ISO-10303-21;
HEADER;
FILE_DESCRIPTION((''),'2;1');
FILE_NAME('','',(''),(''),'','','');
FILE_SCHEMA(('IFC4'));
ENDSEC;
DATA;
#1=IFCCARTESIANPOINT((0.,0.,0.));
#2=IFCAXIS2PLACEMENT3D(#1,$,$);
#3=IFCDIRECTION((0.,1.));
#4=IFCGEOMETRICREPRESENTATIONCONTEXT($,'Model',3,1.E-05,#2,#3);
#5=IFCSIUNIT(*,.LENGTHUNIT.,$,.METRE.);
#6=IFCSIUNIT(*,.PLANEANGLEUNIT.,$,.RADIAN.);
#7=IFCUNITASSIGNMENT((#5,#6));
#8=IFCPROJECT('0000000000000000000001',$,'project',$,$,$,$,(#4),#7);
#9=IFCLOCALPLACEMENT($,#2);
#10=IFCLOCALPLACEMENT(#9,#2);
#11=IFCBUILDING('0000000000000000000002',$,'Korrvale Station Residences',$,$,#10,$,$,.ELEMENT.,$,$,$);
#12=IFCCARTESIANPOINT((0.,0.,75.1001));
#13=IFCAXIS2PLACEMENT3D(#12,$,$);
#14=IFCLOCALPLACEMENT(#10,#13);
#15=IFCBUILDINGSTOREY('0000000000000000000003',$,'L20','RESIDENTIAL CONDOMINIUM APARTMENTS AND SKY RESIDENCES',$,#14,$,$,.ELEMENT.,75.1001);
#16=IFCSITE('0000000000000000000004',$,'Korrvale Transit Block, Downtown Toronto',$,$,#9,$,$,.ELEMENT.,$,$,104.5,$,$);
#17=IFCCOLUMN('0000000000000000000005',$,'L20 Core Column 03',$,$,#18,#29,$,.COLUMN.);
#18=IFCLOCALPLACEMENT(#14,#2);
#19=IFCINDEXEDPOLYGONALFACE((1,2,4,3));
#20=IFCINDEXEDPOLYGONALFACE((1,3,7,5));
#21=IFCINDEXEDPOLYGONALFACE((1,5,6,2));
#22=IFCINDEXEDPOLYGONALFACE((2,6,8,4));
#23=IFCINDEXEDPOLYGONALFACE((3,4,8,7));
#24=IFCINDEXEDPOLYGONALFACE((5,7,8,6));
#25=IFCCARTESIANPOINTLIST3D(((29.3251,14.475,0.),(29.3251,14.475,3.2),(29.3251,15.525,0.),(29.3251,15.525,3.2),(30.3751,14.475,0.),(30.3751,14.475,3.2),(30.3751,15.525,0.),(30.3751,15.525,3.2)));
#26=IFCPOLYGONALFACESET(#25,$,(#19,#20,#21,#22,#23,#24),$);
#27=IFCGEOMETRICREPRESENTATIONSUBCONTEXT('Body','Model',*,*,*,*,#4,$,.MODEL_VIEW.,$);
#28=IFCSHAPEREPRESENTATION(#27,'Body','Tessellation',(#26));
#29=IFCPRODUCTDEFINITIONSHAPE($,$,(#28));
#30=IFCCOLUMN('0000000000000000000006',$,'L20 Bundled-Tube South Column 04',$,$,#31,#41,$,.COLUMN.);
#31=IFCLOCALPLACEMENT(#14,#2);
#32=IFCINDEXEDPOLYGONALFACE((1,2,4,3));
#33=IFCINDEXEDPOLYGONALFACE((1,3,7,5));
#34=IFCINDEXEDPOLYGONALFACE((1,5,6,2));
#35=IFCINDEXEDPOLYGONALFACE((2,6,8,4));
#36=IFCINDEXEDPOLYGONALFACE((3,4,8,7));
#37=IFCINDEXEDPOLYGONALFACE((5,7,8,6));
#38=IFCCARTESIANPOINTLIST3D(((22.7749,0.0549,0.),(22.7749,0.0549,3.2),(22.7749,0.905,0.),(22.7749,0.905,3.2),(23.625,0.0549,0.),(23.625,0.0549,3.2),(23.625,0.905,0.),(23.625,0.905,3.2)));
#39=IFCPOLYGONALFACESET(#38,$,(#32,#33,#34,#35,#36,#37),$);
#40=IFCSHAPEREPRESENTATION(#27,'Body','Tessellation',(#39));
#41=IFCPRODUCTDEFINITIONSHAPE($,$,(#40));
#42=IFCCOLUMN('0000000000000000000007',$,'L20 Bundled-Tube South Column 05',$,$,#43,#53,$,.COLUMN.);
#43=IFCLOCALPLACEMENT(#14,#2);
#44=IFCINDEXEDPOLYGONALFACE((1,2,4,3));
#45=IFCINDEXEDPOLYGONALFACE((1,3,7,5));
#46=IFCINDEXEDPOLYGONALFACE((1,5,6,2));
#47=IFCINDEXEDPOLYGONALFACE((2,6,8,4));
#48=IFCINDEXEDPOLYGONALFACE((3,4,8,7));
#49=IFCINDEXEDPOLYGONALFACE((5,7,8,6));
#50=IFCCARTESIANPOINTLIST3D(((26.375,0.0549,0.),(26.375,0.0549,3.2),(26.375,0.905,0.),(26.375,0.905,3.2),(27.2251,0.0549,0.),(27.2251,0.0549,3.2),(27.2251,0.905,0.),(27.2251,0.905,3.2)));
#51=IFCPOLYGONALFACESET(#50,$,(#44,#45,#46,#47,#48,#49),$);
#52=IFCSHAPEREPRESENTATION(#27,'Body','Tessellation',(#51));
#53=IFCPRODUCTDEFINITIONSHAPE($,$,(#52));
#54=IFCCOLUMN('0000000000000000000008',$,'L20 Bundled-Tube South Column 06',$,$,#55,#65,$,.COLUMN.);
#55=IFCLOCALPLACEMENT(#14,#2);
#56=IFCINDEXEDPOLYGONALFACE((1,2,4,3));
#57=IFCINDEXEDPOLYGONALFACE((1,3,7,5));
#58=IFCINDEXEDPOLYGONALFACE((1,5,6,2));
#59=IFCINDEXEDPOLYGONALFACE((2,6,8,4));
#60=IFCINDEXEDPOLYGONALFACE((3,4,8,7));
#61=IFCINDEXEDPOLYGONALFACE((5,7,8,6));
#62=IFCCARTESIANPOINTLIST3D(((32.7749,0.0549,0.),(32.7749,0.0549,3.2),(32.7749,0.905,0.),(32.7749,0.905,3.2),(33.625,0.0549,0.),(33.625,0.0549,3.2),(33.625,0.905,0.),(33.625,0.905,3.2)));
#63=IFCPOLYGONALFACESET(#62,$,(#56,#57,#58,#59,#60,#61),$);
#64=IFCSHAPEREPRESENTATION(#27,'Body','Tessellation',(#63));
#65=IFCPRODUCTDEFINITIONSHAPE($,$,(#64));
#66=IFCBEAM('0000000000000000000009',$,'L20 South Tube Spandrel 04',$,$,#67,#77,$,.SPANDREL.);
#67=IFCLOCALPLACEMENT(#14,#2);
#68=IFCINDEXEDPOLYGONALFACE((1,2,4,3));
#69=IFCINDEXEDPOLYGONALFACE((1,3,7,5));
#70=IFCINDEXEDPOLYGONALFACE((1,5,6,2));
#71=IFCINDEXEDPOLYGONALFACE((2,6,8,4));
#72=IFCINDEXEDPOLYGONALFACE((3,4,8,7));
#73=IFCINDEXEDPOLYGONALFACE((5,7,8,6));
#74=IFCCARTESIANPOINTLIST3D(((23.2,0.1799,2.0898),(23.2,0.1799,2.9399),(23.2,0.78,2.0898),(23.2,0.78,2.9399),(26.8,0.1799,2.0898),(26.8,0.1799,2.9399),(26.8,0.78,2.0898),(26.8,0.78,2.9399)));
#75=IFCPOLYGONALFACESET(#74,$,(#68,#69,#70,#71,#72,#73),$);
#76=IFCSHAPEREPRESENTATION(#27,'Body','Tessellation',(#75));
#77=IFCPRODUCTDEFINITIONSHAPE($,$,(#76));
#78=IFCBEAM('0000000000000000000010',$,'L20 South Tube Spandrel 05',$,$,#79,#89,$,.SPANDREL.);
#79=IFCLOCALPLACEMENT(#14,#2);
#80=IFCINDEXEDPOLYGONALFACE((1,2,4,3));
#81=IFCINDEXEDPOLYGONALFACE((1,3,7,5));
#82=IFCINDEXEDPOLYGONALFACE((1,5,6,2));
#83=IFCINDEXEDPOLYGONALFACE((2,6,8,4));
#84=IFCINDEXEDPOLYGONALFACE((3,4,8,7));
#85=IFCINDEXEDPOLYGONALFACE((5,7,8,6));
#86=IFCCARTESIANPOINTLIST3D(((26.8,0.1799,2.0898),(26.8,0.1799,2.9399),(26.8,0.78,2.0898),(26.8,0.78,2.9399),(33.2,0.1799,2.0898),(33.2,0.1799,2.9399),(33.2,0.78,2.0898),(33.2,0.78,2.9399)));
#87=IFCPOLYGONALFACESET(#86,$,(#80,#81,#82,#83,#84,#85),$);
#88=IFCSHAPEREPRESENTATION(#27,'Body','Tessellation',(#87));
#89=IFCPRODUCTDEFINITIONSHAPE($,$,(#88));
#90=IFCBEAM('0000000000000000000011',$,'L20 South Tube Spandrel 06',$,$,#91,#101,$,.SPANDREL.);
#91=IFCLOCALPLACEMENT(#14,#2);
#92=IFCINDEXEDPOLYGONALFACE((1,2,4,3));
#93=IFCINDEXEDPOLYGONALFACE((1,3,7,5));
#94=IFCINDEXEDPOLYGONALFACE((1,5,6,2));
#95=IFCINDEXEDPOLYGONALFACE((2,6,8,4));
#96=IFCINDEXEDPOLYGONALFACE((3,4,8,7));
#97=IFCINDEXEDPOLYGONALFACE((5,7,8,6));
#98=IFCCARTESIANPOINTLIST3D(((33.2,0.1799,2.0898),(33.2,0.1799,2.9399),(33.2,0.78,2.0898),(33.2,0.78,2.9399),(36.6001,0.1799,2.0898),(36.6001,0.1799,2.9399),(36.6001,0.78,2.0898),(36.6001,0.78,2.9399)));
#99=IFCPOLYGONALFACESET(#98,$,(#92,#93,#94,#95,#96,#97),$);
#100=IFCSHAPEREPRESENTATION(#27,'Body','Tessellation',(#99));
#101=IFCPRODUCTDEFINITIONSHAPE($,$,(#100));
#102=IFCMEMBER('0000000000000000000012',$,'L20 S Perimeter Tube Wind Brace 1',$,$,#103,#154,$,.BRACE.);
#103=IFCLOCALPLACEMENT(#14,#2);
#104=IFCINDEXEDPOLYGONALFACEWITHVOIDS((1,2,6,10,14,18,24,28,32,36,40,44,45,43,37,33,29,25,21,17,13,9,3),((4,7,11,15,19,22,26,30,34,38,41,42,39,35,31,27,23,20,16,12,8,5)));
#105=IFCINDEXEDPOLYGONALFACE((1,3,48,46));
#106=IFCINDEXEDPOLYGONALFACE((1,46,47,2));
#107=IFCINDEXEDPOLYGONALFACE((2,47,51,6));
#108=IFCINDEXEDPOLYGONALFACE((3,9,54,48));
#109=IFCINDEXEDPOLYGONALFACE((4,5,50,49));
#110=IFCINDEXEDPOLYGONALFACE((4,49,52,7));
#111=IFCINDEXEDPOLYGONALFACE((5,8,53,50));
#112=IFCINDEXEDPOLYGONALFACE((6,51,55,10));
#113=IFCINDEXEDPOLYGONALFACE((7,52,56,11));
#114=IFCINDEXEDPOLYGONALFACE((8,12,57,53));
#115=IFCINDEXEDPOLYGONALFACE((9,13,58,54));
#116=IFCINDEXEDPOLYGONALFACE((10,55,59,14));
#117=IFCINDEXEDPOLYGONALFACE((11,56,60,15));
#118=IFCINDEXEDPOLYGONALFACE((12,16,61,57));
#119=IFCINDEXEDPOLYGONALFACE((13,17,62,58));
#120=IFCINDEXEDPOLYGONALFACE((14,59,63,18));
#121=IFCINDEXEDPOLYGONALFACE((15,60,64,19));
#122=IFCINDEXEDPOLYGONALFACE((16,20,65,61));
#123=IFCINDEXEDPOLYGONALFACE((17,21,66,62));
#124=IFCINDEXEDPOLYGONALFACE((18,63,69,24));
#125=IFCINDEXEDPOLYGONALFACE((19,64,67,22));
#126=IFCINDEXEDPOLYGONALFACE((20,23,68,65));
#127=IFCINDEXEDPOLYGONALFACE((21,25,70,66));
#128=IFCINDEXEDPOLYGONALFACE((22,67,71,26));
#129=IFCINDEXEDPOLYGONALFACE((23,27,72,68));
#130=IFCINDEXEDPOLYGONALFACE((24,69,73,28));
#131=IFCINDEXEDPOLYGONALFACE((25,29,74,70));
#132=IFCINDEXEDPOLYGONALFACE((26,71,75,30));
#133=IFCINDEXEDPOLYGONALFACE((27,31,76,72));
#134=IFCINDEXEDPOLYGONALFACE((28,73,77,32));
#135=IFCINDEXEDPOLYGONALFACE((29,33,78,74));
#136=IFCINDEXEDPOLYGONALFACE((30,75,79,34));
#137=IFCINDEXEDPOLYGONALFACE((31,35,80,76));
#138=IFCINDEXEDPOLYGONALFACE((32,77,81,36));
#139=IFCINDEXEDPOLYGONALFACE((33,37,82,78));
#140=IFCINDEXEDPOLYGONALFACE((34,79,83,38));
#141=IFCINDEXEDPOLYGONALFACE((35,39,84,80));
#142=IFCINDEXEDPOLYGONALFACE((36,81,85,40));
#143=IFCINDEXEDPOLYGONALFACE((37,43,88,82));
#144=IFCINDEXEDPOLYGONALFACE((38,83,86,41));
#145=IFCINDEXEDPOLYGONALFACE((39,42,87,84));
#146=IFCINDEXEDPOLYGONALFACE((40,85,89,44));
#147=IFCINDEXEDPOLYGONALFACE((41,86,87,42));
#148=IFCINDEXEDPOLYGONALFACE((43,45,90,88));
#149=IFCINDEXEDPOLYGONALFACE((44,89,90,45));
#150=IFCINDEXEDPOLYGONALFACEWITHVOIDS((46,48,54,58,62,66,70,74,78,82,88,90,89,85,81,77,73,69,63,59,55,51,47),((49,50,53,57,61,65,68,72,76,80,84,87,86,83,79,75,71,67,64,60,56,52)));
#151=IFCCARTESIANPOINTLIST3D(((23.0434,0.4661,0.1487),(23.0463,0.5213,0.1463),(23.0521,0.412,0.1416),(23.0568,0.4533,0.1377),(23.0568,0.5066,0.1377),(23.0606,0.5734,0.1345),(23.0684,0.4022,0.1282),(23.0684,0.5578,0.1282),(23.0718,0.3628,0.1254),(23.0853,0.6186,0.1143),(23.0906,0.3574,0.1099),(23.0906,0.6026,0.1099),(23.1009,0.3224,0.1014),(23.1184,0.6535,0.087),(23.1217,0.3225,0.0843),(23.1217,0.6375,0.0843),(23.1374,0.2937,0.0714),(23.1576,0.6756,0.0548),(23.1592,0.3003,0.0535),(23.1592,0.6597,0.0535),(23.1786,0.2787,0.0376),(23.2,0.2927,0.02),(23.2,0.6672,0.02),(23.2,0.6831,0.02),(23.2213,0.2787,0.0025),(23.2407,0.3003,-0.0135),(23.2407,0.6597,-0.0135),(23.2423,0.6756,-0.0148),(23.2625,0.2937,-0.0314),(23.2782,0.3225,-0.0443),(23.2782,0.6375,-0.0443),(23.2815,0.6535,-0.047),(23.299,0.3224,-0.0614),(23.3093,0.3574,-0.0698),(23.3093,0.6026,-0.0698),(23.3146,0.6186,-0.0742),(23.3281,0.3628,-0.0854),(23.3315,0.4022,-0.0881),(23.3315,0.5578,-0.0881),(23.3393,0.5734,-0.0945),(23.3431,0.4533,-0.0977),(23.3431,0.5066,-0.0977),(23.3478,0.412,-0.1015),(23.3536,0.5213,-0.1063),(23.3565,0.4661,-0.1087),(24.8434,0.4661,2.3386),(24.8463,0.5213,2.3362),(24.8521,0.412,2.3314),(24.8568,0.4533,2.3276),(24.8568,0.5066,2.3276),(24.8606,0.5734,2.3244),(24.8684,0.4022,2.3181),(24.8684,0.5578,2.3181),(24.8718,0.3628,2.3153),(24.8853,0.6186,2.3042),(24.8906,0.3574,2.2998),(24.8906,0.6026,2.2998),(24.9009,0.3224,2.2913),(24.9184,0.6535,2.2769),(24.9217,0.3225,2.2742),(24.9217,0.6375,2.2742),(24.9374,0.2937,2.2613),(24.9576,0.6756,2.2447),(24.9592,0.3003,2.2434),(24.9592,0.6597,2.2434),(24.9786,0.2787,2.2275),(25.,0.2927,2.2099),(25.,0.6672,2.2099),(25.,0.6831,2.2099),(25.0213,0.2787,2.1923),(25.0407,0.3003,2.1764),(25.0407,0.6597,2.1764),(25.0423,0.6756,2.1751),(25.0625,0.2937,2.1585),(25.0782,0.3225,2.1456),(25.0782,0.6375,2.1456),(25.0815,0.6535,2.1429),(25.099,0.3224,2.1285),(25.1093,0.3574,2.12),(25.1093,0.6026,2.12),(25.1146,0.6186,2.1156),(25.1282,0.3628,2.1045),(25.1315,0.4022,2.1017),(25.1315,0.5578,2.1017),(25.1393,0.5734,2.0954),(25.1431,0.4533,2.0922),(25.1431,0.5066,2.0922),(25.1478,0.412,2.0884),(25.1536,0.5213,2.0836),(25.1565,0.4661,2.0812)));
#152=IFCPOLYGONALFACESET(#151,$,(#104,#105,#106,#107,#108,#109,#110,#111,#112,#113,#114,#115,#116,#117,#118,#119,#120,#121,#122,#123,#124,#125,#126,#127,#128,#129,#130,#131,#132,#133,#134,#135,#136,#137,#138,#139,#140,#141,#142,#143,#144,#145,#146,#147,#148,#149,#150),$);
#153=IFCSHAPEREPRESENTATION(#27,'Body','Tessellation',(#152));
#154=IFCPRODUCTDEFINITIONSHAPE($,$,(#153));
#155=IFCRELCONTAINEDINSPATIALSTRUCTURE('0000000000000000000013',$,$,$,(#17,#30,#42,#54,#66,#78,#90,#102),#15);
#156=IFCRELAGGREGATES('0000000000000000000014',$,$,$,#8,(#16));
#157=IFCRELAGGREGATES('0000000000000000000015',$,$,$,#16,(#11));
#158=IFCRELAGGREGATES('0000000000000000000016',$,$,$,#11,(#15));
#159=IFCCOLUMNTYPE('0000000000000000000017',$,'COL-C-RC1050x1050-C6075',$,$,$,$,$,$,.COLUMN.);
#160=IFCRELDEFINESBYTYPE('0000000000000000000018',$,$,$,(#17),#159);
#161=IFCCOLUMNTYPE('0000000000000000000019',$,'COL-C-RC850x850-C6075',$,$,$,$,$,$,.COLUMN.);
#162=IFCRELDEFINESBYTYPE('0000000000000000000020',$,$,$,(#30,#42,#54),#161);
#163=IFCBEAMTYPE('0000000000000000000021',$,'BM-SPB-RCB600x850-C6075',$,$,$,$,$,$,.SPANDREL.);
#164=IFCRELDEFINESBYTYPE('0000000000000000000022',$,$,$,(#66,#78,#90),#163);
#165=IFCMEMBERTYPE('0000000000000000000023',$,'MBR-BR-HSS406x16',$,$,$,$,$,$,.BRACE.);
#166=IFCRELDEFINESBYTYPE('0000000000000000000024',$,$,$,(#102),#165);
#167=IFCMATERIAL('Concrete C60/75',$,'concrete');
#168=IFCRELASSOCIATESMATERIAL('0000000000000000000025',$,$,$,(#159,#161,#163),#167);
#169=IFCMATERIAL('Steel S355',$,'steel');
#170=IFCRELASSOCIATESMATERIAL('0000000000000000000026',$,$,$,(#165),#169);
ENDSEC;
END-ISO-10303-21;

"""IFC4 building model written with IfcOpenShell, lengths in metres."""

from ifc_helpers import new_model, si_unit, direction, frame, origin, origin_2d, place, context, subcontext, project, spatial, rectangle, hollow_circle, extrude, material, material_profile, profile_set, type_object, element, save


model = new_model("IFC4")

# Units and contexts
model_context = context("Model", 3, precision=1e-05, world=origin(), true_north=direction((0.0, 1.0)))
body_context = subcontext(model_context, "Body", "Model", "MODEL_VIEW")
ifc_project = project(units=[si_unit("LENGTHUNIT", "METRE"), si_unit("PLANEANGLEUNIT", "RADIAN")], contexts=[model_context])

# Site, building, storey
site_placement = place(None, origin())
site = spatial("IfcSite", under=ifc_project, at=site_placement, Name="Korrvale Transit Block, Downtown Toronto", CompositionType="ELEMENT", RefElevation=104.5)
building_placement = place(site_placement, origin())
building = spatial("IfcBuilding", under=site, at=building_placement, Name="Korrvale Station Residences", CompositionType="ELEMENT")
storey_placement = place(building_placement, frame((0.0, 0.0, 75.1001)))
storey = spatial("IfcBuildingStorey", under=building, at=storey_placement, Name="L20", Description="RESIDENTIAL CONDOMINIUM APARTMENTS AND SKY RESIDENCES", CompositionType="ELEMENT", Elevation=75.1001)

# Columns
ifc_material_1 = material(Name="Concrete C60/75", Category="concrete")
ifc_material_profile_1 = material_profile(ifc_material_1, rectangle(XDim=1.05, YDim=1.05, at=origin_2d()), Name="RC1050x1050")
ifc_profile_set_1 = profile_set([ifc_material_profile_1], Name="Concrete C60/75")
column_type_1 = type_object("IfcColumnType", Name="COL-C-RC1050x1050-C6075", PredefinedType="COLUMN", material=ifc_profile_set_1)
column_placement = place(storey_placement, frame((29.8501, 15.0, 0.0), z_axis=(0.0, 0.0, 1.0), x_axis=(1.0, 0.0, 0.0)))
element("IfcColumn", 1, at=column_placement, inside=storey, type_object=column_type_1, Name="L20 Core Column 03", PredefinedType="COLUMN", context=body_context, shape_type="SweptSolid", body=[
    extrude(rectangle(XDim=1.05, YDim=1.05, at=origin_2d()), origin(), (0.0, 0.0, 1.0), 3.2),
])
ifc_material_profile_2 = material_profile(ifc_material_1, rectangle(XDim=0.8501, YDim=0.8501, at=origin_2d()), Name="RC850x850")
ifc_profile_set_2 = profile_set([ifc_material_profile_2], Name="Concrete C60/75")
column_type_2 = type_object("IfcColumnType", Name="COL-C-RC850x850-C6075", PredefinedType="COLUMN", material=ifc_profile_set_2)
for number, where, z_axis, x_axis, name in (
    (2, (23.2, 0.48, 0.0), (0.0, 0.0, 1.0), (1.0, 0.0, 0.0), "L20 Bundled-Tube South Column 04"),
    (3, (26.8, 0.48, 0.0), (0.0, 0.0, 1.0), (1.0, 0.0, 0.0), "L20 Bundled-Tube South Column 05"),
    (4, (33.2, 0.48, 0.0), (0.0, 0.0, 1.0), (1.0, 0.0, 0.0), "L20 Bundled-Tube South Column 06"),
):
    element("IfcColumn", number, at=place(storey_placement, frame(where, z_axis=z_axis, x_axis=x_axis)), inside=storey, type_object=column_type_2, Name=name, PredefinedType="COLUMN", context=body_context, shape_type="SweptSolid", body=[
        extrude(rectangle(XDim=0.8501, YDim=0.8501, at=origin_2d()), origin(), (0.0, 0.0, 1.0), 3.2),
    ])

# Beams
ifc_material_profile_3 = material_profile(ifc_material_1, rectangle(XDim=0.6001, YDim=0.8501, at=origin_2d()), Name="RCB600x850")
ifc_profile_set_3 = profile_set([ifc_material_profile_3], Name="Concrete C60/75")
beam_type = type_object("IfcBeamType", Name="BM-SPB-RCB600x850-C6075", PredefinedType="SPANDREL", material=ifc_profile_set_3)
beam_1_placement = place(storey_placement, frame((23.2, 0.48, 2.5149), z_axis=(1.0, 0.0, 0.0), x_axis=(0.0, 1.0, 0.0)))
element("IfcBeam", 5, at=beam_1_placement, inside=storey, type_object=beam_type, Name="L20 South Tube Spandrel 04", PredefinedType="SPANDREL", context=body_context, shape_type="SweptSolid", body=[
    extrude(rectangle(XDim=0.6001, YDim=0.8501, at=origin_2d()), origin(), (0.0, 0.0, 1.0), 3.6001),
])
beam_2_placement = place(storey_placement, frame((26.8, 0.48, 2.5149), z_axis=(1.0, 0.0, 0.0), x_axis=(0.0, 1.0, 0.0)))
element("IfcBeam", 6, at=beam_2_placement, inside=storey, type_object=beam_type, Name="L20 South Tube Spandrel 05", PredefinedType="SPANDREL", context=body_context, shape_type="SweptSolid", body=[
    extrude(rectangle(XDim=0.6001, YDim=0.8501, at=origin_2d()), origin(), (0.0, 0.0, 1.0), 6.3999),
])
beam_3_placement = place(storey_placement, frame((33.2, 0.48, 2.5149), z_axis=(1.0, 0.0, 0.0), x_axis=(0.0, 1.0, 0.0)))
element("IfcBeam", 7, at=beam_3_placement, inside=storey, type_object=beam_type, Name="L20 South Tube Spandrel 06", PredefinedType="SPANDREL", context=body_context, shape_type="SweptSolid", body=[
    extrude(rectangle(XDim=0.6001, YDim=0.8501, at=origin_2d()), origin(), (0.0, 0.0, 1.0), 3.4001),
])

# Member
ifc_material_2 = material(Name="Steel S355", Category="steel")
ifc_material_profile_4 = material_profile(ifc_material_2, hollow_circle(Radius=0.2031, WallThickness=0.0159, at=origin_2d()), Name="HSS406x16")
ifc_profile_set_4 = profile_set([ifc_material_profile_4], Name="Steel S355")
member_type = type_object("IfcMemberType", Name="MBR-BR-HSS406x16", PredefinedType="BRACE", material=ifc_profile_set_4)
for number, where, z_axis, x_axis, name in (
    (8, (23.2, 0.48, 0.02), (0.634985, 0.0, 0.772524), (0.0, 1.0, 0.0), "L20 S Perimeter Tube Wind Brace 1"),
):
    element("IfcMember", number, at=place(storey_placement, frame(where, z_axis=z_axis, x_axis=x_axis)), inside=storey, type_object=member_type, Name=name, PredefinedType="BRACE", context=body_context, shape_type="SweptSolid", body=[
        extrude(hollow_circle(Radius=0.2031, WallThickness=0.0159, at=origin_2d()), origin(), (0.0, 0.0, 1.0), 2.8347),
    ])

save(model, "model.ifc")
